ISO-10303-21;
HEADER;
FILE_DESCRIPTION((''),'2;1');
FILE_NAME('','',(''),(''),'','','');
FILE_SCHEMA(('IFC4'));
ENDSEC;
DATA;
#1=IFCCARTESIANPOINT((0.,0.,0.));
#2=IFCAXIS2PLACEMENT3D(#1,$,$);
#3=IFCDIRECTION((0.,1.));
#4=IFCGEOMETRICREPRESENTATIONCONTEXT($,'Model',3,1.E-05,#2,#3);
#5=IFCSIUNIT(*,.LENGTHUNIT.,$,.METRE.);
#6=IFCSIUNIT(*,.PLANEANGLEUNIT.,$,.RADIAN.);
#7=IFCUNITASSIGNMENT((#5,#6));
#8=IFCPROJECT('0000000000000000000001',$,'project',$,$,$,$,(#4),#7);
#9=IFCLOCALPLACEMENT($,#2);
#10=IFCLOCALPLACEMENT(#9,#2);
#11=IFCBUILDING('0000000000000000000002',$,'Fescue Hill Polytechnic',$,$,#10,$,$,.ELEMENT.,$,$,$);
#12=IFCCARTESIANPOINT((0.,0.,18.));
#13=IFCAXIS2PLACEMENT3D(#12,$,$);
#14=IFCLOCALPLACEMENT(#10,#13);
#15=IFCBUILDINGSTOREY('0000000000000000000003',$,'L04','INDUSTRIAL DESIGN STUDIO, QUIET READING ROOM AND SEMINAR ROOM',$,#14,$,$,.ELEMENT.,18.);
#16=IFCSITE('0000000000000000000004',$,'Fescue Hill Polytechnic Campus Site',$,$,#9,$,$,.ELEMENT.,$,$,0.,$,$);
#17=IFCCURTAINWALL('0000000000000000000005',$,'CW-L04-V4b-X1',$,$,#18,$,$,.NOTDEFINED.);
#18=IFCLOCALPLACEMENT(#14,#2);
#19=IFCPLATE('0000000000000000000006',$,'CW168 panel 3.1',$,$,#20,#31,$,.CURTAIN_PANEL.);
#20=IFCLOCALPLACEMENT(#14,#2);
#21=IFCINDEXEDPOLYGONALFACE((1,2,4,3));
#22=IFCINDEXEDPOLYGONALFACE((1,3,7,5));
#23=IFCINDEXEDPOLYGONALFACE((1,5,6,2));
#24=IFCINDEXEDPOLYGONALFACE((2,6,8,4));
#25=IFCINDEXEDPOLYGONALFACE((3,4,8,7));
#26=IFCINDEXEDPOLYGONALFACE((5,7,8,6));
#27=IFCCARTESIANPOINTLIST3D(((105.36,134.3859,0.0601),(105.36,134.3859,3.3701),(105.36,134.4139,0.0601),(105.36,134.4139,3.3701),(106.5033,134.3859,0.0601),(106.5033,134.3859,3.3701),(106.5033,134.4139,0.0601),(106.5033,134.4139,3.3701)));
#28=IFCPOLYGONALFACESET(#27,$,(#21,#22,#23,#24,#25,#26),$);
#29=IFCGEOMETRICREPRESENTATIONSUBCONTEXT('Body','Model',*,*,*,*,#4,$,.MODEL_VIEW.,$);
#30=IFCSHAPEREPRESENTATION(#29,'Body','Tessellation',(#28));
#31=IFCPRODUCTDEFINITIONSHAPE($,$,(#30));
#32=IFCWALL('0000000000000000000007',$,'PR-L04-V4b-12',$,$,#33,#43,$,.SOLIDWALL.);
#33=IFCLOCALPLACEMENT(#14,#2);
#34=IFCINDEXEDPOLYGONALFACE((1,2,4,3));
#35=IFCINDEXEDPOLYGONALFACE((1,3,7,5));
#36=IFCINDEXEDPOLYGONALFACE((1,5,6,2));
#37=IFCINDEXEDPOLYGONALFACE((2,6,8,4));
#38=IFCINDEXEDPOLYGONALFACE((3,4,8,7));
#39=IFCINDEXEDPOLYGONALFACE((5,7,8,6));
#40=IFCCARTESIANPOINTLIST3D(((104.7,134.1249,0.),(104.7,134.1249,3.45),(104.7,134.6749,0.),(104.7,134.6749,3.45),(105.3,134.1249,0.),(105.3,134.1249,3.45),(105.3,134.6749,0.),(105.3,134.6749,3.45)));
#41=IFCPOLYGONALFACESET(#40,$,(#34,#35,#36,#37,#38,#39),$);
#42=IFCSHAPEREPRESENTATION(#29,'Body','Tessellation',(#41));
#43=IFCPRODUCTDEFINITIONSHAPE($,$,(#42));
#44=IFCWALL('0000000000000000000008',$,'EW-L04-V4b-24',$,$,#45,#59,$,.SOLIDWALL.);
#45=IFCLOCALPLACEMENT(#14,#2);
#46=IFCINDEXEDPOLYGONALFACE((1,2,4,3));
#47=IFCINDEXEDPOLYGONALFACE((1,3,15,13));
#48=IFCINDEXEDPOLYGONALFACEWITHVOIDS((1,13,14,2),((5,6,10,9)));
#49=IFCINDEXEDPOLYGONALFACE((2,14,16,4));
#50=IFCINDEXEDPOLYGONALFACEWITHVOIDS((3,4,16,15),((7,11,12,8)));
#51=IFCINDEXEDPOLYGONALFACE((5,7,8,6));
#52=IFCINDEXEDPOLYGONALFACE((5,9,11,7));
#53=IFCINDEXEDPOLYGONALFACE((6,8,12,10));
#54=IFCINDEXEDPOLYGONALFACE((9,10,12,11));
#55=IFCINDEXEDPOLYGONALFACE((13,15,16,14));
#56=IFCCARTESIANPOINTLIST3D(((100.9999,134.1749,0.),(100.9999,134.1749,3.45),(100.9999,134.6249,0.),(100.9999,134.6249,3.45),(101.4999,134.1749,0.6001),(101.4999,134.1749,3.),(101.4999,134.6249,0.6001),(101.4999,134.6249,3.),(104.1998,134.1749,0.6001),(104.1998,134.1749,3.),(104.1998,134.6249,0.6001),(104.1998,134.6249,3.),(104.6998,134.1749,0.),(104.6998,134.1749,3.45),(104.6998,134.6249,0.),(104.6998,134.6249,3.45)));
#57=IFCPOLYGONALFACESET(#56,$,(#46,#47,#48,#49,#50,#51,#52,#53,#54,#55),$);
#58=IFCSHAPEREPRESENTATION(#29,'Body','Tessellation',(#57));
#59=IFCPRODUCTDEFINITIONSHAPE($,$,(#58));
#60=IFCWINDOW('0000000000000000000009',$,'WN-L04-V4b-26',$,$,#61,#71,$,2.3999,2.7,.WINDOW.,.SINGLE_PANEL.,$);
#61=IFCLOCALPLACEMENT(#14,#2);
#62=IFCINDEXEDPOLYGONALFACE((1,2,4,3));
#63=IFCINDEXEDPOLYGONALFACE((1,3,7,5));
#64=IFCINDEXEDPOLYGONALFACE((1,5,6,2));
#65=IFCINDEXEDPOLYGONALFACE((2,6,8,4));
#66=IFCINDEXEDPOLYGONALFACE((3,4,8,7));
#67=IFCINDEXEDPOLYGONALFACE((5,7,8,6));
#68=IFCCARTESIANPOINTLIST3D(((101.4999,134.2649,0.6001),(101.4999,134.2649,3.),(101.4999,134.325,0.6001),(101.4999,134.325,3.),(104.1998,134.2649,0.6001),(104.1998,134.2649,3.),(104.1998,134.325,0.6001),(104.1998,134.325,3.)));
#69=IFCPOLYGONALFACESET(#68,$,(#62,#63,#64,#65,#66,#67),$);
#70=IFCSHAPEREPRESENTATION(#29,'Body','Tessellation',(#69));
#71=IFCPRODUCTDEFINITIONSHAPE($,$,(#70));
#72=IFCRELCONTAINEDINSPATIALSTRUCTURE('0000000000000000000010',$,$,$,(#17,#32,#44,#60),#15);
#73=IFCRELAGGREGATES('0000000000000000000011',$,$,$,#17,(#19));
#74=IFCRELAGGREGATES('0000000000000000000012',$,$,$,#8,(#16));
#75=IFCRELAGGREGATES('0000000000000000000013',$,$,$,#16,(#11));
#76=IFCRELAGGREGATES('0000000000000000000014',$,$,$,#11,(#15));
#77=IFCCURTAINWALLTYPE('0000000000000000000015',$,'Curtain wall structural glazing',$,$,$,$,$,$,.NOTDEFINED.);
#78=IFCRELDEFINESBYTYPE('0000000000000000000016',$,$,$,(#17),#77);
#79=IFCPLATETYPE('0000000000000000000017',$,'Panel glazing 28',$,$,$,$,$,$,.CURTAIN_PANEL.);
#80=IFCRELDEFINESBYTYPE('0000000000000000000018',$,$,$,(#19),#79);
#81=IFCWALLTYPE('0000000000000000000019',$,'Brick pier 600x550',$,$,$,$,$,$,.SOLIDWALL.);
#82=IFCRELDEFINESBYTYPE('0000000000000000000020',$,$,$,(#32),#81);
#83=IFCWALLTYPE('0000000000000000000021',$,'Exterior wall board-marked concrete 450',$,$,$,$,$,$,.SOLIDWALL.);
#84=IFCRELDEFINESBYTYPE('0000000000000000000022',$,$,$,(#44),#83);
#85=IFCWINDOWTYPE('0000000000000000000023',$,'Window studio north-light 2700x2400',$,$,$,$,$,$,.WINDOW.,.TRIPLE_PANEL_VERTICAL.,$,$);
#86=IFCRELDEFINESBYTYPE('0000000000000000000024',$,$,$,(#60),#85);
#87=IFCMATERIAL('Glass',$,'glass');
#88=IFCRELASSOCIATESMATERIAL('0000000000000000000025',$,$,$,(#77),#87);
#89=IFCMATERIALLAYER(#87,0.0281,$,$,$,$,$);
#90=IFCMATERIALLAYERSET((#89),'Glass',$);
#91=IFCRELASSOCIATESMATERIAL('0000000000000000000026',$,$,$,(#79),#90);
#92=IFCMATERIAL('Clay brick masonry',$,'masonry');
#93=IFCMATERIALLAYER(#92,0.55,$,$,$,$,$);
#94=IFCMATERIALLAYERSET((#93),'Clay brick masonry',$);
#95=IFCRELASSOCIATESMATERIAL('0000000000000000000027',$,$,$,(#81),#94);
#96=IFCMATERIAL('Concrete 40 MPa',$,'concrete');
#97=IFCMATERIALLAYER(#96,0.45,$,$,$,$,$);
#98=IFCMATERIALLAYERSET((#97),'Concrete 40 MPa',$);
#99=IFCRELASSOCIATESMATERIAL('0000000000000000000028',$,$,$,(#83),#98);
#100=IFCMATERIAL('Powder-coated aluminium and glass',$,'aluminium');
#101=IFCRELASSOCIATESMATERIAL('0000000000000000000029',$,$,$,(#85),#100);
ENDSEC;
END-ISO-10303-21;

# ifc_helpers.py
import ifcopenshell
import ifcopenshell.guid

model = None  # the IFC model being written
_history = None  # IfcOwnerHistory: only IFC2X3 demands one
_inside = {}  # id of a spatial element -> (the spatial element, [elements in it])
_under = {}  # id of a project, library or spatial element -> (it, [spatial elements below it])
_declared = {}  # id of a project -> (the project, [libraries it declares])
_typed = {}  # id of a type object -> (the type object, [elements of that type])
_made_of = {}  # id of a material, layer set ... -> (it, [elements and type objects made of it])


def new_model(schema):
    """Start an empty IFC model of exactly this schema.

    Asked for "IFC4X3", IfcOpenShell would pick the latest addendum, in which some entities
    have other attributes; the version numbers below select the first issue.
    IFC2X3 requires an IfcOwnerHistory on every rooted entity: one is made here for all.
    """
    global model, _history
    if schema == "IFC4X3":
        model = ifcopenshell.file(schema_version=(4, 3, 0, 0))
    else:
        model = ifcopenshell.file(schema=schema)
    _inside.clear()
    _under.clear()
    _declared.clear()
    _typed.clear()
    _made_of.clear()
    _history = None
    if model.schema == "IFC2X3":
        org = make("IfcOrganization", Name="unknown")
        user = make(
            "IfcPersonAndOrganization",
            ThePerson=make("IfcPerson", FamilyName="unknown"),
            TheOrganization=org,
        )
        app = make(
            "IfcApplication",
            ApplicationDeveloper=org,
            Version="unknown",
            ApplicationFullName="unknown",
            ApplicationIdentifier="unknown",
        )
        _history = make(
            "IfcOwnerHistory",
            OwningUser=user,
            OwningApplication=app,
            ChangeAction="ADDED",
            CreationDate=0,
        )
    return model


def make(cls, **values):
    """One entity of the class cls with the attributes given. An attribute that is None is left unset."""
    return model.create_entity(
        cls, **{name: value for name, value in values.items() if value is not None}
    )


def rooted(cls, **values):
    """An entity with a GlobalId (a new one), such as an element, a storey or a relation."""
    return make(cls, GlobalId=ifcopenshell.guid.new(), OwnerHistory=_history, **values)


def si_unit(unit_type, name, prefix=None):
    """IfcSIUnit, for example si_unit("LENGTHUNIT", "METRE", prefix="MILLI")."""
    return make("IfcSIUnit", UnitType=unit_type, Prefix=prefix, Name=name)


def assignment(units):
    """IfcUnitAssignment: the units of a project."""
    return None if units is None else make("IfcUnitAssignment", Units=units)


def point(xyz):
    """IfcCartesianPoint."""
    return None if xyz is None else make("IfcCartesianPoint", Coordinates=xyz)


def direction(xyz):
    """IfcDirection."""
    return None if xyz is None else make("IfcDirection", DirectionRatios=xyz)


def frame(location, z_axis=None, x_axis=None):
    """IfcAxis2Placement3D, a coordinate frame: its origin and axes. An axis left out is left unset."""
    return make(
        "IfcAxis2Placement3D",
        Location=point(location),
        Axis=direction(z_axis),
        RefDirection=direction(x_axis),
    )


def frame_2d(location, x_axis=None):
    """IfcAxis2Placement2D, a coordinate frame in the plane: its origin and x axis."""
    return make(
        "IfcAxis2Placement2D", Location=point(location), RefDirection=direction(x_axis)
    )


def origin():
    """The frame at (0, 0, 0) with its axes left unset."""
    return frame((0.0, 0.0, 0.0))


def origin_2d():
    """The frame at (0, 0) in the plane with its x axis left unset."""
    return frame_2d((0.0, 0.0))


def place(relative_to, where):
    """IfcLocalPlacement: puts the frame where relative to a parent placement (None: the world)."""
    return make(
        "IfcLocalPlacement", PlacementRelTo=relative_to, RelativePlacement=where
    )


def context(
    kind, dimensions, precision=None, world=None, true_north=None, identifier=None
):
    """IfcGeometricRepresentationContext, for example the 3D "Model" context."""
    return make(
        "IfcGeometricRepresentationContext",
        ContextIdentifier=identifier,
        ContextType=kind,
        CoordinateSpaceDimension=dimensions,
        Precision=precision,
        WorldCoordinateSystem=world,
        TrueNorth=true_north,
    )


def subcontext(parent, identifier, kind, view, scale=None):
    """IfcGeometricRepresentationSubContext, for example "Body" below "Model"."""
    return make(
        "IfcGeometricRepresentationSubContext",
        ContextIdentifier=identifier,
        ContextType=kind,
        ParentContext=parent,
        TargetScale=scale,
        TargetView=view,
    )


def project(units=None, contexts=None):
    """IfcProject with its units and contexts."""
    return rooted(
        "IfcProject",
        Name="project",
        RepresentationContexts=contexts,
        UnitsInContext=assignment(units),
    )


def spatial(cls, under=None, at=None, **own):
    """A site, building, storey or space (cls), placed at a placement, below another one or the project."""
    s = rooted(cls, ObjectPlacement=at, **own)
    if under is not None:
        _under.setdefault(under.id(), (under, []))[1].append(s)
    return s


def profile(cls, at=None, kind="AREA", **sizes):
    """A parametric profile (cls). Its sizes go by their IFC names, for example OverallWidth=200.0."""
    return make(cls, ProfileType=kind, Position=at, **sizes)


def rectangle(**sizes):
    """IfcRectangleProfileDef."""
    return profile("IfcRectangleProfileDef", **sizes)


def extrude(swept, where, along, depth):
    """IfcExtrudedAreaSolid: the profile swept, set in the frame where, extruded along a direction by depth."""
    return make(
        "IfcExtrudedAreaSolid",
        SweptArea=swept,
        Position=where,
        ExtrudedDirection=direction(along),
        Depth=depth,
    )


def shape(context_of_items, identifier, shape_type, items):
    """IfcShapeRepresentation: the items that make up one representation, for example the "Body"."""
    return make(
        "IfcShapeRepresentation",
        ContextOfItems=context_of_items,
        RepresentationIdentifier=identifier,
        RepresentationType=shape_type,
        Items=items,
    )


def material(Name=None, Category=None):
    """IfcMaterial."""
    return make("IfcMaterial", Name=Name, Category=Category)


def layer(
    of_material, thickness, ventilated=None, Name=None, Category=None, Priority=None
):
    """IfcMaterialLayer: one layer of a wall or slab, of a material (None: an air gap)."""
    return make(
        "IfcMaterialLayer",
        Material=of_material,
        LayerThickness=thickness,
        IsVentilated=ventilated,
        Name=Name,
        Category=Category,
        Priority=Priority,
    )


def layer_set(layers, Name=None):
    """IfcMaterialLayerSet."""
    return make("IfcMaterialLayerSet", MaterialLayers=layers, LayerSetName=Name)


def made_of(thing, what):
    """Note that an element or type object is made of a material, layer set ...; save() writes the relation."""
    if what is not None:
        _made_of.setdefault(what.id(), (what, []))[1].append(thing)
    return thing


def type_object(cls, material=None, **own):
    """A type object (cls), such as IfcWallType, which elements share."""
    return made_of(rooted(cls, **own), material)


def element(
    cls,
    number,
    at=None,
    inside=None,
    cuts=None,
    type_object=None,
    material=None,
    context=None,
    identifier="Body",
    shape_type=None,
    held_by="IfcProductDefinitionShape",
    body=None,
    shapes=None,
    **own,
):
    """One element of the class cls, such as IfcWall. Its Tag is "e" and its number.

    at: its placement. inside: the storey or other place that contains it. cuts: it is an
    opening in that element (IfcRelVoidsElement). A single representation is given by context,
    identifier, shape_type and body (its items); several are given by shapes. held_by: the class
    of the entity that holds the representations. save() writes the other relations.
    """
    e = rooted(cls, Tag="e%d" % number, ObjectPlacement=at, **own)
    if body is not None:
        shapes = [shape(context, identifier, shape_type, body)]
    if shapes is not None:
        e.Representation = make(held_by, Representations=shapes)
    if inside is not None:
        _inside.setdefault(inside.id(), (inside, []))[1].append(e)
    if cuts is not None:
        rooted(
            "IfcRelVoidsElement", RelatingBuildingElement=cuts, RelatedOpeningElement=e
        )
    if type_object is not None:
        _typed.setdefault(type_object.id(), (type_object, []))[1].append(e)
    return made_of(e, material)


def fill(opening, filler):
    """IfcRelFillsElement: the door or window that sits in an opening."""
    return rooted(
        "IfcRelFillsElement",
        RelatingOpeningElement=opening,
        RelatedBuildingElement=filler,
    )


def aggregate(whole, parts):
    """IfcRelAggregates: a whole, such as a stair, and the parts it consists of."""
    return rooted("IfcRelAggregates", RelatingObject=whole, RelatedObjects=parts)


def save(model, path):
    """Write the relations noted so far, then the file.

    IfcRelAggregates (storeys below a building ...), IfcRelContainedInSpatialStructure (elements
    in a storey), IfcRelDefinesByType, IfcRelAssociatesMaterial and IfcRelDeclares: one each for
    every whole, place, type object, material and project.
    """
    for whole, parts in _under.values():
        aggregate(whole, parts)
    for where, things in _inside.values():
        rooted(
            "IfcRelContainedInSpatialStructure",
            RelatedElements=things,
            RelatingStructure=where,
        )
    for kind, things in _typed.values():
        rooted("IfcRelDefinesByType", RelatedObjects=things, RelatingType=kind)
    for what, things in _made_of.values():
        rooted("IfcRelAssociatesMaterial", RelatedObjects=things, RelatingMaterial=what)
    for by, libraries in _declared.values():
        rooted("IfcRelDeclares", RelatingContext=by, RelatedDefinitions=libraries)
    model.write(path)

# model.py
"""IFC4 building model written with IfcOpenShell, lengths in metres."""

from ifc_helpers import new_model, si_unit, direction, frame, frame_2d, origin, origin_2d, place, context, subcontext, project, spatial, rectangle, extrude, material, layer, layer_set, type_object, element, fill, aggregate, save


model = new_model("IFC4")

# Units and contexts
model_context = context("Model", 3, precision=1e-05, world=origin(), true_north=direction((0.0, 1.0)))
body_context = subcontext(model_context, "Body", "Model", "MODEL_VIEW")
ifc_project = project(units=[si_unit("LENGTHUNIT", "METRE"), si_unit("PLANEANGLEUNIT", "RADIAN")], contexts=[model_context])

# Site, building, storey
site_placement = place(None, origin())
site = spatial("IfcSite", under=ifc_project, at=site_placement, Name="Fescue Hill Polytechnic Campus Site", CompositionType="ELEMENT", RefElevation=0.0)
building_placement = place(site_placement, origin())
building = spatial("IfcBuilding", under=site, at=building_placement, Name="Fescue Hill Polytechnic", CompositionType="ELEMENT")
storey_placement = place(building_placement, frame((0.0, 0.0, 18.0)))
storey = spatial("IfcBuildingStorey", under=building, at=storey_placement, Name="L04", Description="INDUSTRIAL DESIGN STUDIO, QUIET READING ROOM AND SEMINAR ROOM", CompositionType="ELEMENT", Elevation=18.0)

# Shared definitions
ifc_material_1 = material(Name="Concrete 40 MPa", Category="concrete")

# Curtain wall, plate
ifc_material_2 = material(Name="Glass", Category="glass")
curtain_wall_type = type_object("IfcCurtainWallType", Name="Curtain wall structural glazing", PredefinedType="NOTDEFINED", material=ifc_material_2)
curtain_wall_placement = place(storey_placement, origin())
curtain_wall = element("IfcCurtainWall", 1, at=curtain_wall_placement, inside=storey, type_object=curtain_wall_type, Name="CW-L04-V4b-X1", PredefinedType="NOTDEFINED")
ifc_layer_1 = layer(ifc_material_2, 0.0281)
ifc_layer_set_1 = layer_set([ifc_layer_1], Name="Glass")
plate_type = type_object("IfcPlateType", Name="Panel glazing 28", PredefinedType="CURTAIN_PANEL", material=ifc_layer_set_1)
plate_1_placement = place(storey_placement, frame((105.9316, 134.3999, 0.0601), z_axis=(0.0, 0.0, 1.0), x_axis=(-1.0, 0.0, 0.0)))
plate_1 = element("IfcPlate", 2, at=plate_1_placement, type_object=plate_type, Name="CW168 panel 3.1", PredefinedType="CURTAIN_PANEL", context=body_context, shape_type="SweptSolid", body=[
    extrude(rectangle(XDim=1.1433, YDim=0.0281, at=origin_2d()), origin(), (0.0, 0.0, 1.0), 3.3101),
])
aggregate(curtain_wall, [plate_1])

# Wall
ifc_material_3 = material(Name="Clay brick masonry", Category="masonry")
ifc_layer_2 = layer(ifc_material_3, 0.55)
ifc_layer_set_2 = layer_set([ifc_layer_2], Name="Clay brick masonry")
wall_type_1 = type_object("IfcWallType", Name="Brick pier 600x550", PredefinedType="SOLIDWALL", material=ifc_layer_set_2)
wall_1_placement = place(storey_placement, frame((105.3, 134.3999, 0.0), z_axis=(0.0, 0.0, 1.0), x_axis=(-1.0, 0.0, 0.0)))
element("IfcWall", 3, at=wall_1_placement, inside=storey, type_object=wall_type_1, Name="PR-L04-V4b-12", PredefinedType="SOLIDWALL", context=body_context, shape_type="SweptSolid", body=[
    extrude(rectangle(XDim=0.6001, YDim=0.55, at=frame_2d((0.3, 0.0))), origin(), (0.0, 0.0, 1.0), 3.45),
])

# Wall, opening, window
ifc_layer_3 = layer(ifc_material_1, 0.45)
ifc_layer_set_3 = layer_set([ifc_layer_3], Name="Concrete 40 MPa")
wall_type_2 = type_object("IfcWallType", Name="Exterior wall board-marked concrete 450", PredefinedType="SOLIDWALL", material=ifc_layer_set_3)
wall_2_placement = place(storey_placement, frame((104.7, 134.3999, 0.0), z_axis=(0.0, 0.0, 1.0), x_axis=(-1.0, 0.0, 0.0)))
wall_2 = element("IfcWall", 4, at=wall_2_placement, inside=storey, type_object=wall_type_2, Name="EW-L04-V4b-24", PredefinedType="SOLIDWALL", context=body_context, shape_type="SweptSolid", body=[
    extrude(rectangle(XDim=3.7, YDim=0.45, at=frame_2d((1.8501, 0.0))), origin(), (0.0, 0.0, 1.0), 3.45),
])
opening_placement = place(wall_2_placement, frame((0.5, 0.0, 0.6001)))
opening = element("IfcOpeningElement", 5, at=opening_placement, cuts=wall_2, PredefinedType="OPENING", context=body_context, shape_type="SweptSolid", body=[
    extrude(rectangle(XDim=2.7, YDim=2.3999, at=frame_2d((1.3501, 1.2))), frame((0.0, 0.2349, 0.0), z_axis=(0.0, -1.0, 0.0), x_axis=(1.0, 0.0, 0.0)), (0.0, 0.0, 1.0), 0.47),
])
ifc_material_4 = material(Name="Powder-coated aluminium and glass", Category="aluminium")
window_type = type_object("IfcWindowType", Name="Window studio north-light 2700x2400", PartitioningType="TRIPLE_PANEL_VERTICAL", PredefinedType="WINDOW", material=ifc_material_4)
window_placement = place(opening_placement, origin())
window = element("IfcWindow", 6, at=window_placement, inside=storey, type_object=window_type, Name="WN-L04-V4b-26", OverallHeight=2.3999, OverallWidth=2.7, PartitioningType="SINGLE_PANEL", PredefinedType="WINDOW", context=body_context, shape_type="SweptSolid", body=[
    extrude(rectangle(XDim=2.7, YDim=2.3999, at=frame_2d((1.3501, 1.2))), frame((0.0, 0.135, 0.0), z_axis=(0.0, -1.0, 0.0), x_axis=(1.0, 0.0, 0.0)), (0.0, 0.0, 1.0), 0.0601),
])
fill(opening, window)

save(model, "model.ifc")
